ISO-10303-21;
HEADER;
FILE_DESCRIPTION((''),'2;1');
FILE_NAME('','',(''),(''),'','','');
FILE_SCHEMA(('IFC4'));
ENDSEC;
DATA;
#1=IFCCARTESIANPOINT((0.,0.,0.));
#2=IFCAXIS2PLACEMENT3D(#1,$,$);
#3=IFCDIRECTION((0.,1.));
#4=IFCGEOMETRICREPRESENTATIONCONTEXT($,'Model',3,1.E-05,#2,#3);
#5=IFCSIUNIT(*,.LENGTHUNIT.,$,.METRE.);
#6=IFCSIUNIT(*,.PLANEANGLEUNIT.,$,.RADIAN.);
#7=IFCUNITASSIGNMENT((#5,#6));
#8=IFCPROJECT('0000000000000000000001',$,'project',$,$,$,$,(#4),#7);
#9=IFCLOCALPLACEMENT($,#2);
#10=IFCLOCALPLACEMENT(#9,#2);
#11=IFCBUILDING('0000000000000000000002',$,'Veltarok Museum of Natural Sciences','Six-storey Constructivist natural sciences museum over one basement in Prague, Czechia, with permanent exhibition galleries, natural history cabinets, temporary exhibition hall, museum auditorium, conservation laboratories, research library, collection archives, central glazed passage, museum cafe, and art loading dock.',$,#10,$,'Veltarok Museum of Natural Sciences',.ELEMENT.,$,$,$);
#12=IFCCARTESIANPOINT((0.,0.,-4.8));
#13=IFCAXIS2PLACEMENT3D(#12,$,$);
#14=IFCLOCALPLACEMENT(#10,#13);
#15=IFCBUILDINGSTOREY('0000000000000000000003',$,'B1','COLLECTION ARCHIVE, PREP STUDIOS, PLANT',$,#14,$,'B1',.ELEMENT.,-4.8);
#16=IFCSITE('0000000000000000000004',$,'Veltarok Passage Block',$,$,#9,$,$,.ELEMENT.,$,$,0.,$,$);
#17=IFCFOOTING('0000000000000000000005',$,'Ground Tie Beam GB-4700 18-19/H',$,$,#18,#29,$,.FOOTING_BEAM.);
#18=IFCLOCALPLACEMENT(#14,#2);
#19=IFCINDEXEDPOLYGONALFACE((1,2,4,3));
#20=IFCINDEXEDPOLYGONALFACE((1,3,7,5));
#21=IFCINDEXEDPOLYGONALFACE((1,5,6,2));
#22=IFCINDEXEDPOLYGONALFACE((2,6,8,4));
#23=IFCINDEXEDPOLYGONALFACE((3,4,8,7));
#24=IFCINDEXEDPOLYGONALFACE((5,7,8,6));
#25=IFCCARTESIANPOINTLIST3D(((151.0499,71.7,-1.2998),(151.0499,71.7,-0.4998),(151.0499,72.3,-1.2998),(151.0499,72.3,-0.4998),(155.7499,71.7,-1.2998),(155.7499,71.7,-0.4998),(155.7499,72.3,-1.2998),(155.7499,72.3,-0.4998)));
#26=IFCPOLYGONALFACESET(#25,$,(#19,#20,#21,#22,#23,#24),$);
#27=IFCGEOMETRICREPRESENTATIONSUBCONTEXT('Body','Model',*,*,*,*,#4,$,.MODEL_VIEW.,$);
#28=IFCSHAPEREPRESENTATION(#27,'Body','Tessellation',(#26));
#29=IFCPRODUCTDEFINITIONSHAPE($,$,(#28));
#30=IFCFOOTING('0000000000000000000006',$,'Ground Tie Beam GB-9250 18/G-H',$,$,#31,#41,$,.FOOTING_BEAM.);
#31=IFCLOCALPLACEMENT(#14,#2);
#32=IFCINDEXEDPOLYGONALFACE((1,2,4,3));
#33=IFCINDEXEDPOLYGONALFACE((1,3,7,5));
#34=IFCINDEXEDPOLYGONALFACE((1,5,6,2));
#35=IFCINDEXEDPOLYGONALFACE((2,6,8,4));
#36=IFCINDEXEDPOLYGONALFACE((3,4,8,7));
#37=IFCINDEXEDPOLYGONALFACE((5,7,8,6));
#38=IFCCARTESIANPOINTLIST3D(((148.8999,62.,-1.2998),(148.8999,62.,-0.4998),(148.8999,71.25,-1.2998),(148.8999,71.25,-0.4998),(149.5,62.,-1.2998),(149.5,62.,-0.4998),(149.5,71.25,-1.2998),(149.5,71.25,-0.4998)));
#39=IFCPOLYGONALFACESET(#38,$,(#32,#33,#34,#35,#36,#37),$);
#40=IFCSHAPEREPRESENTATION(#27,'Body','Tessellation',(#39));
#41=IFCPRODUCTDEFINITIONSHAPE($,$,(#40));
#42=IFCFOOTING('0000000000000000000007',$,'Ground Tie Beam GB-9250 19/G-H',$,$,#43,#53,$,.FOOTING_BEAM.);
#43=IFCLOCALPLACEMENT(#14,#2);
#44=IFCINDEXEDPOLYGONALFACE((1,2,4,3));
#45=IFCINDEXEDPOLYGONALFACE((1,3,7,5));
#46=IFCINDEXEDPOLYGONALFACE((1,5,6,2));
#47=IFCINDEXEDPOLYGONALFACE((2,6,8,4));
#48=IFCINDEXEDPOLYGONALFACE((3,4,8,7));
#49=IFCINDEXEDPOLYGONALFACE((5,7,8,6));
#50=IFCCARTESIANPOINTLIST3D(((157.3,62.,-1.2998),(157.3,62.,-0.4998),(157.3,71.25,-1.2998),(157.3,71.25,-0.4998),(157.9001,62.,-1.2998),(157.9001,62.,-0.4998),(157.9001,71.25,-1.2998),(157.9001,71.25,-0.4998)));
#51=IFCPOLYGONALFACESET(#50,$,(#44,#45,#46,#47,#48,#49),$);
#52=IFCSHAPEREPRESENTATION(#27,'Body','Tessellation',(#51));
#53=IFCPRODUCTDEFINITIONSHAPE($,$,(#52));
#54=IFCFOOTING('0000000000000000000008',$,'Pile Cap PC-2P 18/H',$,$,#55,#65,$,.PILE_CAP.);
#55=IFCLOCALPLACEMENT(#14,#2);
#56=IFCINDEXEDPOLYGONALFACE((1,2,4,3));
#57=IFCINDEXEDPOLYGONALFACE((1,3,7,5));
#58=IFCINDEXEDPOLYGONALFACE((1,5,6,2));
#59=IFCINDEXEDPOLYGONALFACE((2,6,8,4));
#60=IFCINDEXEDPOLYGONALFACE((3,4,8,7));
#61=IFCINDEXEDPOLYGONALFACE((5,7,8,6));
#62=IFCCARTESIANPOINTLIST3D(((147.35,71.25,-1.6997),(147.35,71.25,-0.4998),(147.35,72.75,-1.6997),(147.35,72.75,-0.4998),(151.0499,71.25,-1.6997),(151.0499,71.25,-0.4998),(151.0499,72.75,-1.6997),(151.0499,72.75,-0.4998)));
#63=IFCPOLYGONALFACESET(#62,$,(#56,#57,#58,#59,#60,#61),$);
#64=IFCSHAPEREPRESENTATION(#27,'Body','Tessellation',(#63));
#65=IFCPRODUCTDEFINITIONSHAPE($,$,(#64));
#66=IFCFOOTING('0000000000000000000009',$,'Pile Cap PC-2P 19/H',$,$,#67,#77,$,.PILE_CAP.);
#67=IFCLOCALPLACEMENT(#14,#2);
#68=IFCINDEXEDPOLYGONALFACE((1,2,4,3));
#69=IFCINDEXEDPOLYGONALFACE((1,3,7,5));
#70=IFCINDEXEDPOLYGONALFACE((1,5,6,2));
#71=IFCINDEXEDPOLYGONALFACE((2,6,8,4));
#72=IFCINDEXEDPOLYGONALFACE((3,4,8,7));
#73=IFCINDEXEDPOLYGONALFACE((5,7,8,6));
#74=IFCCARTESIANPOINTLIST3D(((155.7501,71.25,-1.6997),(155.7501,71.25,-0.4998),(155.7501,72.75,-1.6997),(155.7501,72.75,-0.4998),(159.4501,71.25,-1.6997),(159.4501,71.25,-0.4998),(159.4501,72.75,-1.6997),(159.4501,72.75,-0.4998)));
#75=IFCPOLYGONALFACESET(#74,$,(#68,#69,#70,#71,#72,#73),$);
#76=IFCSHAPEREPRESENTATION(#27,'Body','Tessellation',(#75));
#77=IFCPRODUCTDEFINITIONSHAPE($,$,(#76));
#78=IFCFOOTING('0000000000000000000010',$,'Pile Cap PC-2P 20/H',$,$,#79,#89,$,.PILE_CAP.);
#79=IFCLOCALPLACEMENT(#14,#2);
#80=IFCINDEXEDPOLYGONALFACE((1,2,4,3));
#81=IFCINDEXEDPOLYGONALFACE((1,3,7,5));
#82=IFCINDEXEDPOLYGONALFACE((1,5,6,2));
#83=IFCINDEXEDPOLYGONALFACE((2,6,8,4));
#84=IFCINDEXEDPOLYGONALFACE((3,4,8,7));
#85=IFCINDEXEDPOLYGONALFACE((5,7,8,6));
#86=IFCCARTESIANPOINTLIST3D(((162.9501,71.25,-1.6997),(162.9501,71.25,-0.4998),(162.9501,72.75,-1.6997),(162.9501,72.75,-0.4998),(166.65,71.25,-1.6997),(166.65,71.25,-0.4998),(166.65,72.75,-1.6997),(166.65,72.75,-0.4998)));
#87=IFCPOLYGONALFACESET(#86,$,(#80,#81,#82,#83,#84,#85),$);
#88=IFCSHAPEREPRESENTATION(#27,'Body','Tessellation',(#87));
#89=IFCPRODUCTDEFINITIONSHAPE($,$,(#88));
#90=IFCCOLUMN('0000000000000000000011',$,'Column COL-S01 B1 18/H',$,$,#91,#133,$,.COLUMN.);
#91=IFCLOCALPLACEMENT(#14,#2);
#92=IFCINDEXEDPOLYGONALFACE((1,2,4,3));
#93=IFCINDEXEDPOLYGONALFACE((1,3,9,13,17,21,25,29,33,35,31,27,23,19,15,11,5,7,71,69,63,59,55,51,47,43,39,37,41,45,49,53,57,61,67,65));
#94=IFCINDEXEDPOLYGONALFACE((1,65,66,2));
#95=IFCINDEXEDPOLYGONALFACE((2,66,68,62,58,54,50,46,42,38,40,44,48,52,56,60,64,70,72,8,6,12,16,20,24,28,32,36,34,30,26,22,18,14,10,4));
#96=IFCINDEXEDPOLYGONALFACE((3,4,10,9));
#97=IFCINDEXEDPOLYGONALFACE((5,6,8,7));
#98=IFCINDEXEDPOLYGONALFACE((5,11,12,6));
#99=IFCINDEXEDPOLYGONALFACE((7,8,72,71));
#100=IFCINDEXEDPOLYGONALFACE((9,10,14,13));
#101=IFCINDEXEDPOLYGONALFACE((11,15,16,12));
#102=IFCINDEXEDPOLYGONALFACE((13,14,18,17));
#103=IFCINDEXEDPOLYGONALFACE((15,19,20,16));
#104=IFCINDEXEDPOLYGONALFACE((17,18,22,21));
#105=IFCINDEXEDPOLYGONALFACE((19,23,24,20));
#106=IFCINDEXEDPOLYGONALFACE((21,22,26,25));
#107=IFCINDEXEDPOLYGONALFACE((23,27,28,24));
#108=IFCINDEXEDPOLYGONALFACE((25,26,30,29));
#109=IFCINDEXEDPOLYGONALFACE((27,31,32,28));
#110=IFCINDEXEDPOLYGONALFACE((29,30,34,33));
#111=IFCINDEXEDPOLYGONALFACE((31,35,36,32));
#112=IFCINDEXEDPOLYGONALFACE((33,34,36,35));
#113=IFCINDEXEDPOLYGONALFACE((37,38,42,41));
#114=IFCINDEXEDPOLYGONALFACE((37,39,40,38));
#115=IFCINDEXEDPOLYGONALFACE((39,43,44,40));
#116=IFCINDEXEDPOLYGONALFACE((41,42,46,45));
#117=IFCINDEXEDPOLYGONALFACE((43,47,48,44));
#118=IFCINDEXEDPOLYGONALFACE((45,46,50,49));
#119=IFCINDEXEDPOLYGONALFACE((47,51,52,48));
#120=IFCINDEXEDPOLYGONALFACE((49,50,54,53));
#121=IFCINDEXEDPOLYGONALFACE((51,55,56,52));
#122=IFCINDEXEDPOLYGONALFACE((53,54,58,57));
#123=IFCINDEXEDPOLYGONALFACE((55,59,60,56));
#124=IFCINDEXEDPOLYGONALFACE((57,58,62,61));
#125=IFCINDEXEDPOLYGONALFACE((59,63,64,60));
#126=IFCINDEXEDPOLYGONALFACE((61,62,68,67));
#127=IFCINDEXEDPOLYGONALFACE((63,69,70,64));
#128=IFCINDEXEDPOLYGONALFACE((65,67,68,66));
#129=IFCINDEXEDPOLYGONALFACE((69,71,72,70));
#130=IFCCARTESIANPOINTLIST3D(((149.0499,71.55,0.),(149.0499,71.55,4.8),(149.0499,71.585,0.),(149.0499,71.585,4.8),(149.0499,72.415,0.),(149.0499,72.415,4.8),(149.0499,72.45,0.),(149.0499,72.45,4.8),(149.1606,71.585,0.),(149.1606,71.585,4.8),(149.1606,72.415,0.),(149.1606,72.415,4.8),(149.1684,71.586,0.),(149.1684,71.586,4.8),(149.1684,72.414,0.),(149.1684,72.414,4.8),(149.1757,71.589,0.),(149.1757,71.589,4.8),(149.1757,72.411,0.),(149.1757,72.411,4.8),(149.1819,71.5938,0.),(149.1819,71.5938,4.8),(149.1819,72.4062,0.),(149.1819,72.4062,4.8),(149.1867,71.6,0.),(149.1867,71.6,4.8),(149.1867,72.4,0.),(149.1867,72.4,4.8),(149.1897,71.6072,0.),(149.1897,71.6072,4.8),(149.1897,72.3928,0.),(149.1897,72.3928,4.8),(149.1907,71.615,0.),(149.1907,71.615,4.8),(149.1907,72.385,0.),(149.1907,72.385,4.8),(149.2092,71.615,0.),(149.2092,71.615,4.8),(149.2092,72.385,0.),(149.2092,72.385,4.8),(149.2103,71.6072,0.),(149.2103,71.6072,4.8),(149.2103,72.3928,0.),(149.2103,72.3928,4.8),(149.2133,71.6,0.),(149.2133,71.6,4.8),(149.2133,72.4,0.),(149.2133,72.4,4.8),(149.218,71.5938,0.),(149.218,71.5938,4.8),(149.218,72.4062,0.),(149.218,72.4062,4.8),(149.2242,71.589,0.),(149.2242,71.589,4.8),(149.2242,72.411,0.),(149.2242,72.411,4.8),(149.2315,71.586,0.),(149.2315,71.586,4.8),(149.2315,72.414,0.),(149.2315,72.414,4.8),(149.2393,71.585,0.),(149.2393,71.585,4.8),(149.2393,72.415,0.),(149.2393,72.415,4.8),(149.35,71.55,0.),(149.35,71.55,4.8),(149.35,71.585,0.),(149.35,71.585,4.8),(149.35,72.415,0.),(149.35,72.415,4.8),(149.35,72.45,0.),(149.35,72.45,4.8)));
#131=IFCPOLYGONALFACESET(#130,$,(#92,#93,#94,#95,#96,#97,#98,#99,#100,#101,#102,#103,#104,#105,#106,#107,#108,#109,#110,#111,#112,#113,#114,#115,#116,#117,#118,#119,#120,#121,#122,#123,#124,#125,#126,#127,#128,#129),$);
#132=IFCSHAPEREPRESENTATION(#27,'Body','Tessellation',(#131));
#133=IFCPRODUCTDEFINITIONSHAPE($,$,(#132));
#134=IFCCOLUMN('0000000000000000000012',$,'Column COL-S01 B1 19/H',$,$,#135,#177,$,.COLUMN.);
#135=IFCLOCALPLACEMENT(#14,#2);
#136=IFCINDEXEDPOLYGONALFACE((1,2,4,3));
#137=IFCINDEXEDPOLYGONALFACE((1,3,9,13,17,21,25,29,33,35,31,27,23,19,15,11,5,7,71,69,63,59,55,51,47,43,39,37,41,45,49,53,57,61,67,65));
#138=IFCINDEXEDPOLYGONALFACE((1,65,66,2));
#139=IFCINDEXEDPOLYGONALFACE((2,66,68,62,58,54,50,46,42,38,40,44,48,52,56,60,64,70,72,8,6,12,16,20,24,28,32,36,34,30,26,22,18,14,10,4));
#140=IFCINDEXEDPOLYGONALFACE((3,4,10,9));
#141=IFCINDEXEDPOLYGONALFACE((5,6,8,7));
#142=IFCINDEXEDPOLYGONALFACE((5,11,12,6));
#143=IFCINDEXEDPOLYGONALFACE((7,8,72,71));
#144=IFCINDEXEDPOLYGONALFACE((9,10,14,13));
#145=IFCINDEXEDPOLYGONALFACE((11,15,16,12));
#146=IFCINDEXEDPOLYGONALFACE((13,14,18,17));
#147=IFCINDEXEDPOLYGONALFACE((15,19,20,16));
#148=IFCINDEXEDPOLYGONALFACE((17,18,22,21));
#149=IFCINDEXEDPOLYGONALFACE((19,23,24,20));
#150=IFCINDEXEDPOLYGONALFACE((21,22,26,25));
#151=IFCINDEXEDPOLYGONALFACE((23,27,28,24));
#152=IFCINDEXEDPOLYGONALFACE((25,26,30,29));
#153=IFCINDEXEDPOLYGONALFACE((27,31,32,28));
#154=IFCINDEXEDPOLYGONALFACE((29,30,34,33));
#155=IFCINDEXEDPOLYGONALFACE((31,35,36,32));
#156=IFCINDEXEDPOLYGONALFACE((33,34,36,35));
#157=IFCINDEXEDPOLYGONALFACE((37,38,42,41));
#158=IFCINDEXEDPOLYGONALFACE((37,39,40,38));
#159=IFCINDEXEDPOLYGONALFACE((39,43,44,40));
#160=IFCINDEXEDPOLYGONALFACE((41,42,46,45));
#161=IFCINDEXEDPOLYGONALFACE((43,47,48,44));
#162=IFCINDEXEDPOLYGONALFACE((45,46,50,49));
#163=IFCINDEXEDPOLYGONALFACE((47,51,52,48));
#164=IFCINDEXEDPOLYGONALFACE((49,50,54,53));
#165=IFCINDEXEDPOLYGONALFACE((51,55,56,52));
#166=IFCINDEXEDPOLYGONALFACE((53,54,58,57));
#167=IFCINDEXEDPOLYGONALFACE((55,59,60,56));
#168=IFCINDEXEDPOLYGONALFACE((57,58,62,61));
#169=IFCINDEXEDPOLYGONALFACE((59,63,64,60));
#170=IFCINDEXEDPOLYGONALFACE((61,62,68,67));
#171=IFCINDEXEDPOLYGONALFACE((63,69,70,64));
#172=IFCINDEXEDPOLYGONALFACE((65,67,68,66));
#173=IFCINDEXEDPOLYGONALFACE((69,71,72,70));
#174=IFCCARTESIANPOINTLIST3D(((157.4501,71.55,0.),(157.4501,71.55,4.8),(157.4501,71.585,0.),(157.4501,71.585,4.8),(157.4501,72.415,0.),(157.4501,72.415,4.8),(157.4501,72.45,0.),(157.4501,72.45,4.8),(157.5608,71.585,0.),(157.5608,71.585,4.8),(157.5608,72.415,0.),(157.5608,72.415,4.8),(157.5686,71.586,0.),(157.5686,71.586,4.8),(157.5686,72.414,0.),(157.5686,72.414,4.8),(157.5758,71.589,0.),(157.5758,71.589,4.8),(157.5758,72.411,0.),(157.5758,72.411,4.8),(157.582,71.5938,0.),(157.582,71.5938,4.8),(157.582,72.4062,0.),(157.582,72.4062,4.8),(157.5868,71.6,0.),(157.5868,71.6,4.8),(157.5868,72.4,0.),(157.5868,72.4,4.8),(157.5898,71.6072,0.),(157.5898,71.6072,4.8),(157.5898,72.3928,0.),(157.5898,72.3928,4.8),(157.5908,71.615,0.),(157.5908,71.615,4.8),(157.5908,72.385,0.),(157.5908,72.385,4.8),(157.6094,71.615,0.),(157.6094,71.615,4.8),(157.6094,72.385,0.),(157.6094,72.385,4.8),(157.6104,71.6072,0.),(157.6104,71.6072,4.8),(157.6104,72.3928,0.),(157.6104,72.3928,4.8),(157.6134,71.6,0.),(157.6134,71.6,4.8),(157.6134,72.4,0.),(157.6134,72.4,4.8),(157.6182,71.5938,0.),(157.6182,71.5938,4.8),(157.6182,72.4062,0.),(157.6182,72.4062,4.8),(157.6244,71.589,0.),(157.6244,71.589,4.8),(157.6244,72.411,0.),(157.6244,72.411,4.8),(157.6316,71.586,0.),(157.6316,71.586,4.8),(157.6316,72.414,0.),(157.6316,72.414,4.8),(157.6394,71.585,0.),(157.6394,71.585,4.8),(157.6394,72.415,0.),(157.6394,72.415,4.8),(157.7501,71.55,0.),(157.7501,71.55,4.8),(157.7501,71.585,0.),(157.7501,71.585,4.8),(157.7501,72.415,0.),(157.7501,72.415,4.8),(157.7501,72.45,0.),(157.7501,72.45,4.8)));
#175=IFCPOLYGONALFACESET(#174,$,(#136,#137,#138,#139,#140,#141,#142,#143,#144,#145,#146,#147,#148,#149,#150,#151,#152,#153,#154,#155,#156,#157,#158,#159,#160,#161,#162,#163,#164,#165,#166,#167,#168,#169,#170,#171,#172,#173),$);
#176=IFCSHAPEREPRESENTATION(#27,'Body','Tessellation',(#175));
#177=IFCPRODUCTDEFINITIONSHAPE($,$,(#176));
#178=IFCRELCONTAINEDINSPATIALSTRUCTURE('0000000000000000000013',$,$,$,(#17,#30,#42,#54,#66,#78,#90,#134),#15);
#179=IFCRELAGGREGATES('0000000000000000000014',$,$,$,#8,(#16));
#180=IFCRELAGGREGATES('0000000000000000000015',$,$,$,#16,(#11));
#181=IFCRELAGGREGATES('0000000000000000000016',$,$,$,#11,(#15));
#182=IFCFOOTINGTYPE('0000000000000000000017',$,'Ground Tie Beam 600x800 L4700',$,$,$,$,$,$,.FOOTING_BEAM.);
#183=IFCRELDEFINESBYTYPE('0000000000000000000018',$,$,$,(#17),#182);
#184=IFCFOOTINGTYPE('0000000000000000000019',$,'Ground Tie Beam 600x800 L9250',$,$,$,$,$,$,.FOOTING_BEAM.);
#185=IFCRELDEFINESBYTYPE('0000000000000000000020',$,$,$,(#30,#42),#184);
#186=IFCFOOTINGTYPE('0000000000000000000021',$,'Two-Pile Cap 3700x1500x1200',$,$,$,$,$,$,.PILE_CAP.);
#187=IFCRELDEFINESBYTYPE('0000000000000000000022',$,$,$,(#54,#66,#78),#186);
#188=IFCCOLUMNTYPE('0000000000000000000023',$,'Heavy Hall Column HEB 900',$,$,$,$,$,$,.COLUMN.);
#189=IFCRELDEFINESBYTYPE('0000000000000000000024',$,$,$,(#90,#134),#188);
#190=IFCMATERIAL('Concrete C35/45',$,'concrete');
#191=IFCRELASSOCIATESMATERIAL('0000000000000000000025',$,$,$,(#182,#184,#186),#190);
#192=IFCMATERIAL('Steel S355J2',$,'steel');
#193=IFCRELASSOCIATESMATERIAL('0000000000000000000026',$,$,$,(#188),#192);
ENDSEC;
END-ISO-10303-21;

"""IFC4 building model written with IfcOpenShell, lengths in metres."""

from ifc_helpers import new_model, si_unit, direction, frame, origin, origin_2d, place, context, subcontext, project, spatial, rectangle, i_section, extrude, material, material_profile, profile_set, type_object, element, save


model = new_model("IFC4")

# Units and contexts
model_context = context("Model", 3, precision=1e-05, world=origin(), true_north=direction((0.0, 1.0)))
body_context = subcontext(model_context, "Body", "Model", "MODEL_VIEW")
ifc_project = project(units=[si_unit("LENGTHUNIT", "METRE"), si_unit("PLANEANGLEUNIT", "RADIAN")], contexts=[model_context])

# Site, building, storey
site_placement = place(None, origin())
site = spatial("IfcSite", under=ifc_project, at=site_placement, Name="Veltarok Passage Block", CompositionType="ELEMENT", RefElevation=0.0)
building_placement = place(site_placement, origin())
building = spatial("IfcBuilding", under=site, at=building_placement, Name="Veltarok Museum of Natural Sciences", Description="Six-storey Constructivist natural sciences museum over one basement in Prague, Czechia, with permanent exhibition galleries, natural history cabinets, temporary exhibition hall, museum auditorium, conservation laboratories, research library, collection archives, central glazed passage, museum cafe, and art loading dock.", LongName="Veltarok Museum of Natural Sciences", CompositionType="ELEMENT")
storey_placement = place(building_placement, frame((0.0, 0.0, -4.8)))
storey = spatial("IfcBuildingStorey", under=building, at=storey_placement, Name="B1", Description="COLLECTION ARCHIVE, PREP STUDIOS, PLANT", LongName="B1", CompositionType="ELEMENT", Elevation=-4.8)

# Shared definitions
ifc_material_1 = material(Name="Concrete C35/45", Category="concrete")

# Footings
footing_type_1 = type_object("IfcFootingType", Name="Ground Tie Beam 600x800 L4700", PredefinedType="FOOTING_BEAM", material=ifc_material_1)
footing_1_placement = place(storey_placement, frame((153.3999, 72.0, -1.2998), z_axis=(0.0, 0.0, 1.0), x_axis=(1.0, 0.0, 0.0)))
element("IfcFooting", 1, at=footing_1_placement, inside=storey, type_object=footing_type_1, Name="Ground Tie Beam GB-4700 18-19/H", PredefinedType="FOOTING_BEAM", context=body_context, shape_type="SweptSolid", body=[
    extrude(rectangle(XDim=4.7, YDim=0.6001, at=origin_2d()), origin(), (0.0, 0.0, 1.0), 0.8),
])
footing_type_2 = type_object("IfcFootingType", Name="Ground Tie Beam 600x800 L9250", PredefinedType="FOOTING_BEAM", material=ifc_material_1)
for number, where, z_axis, x_axis, name in (
    (2, (149.2, 66.625, -1.2998), (0.0, 0.0, 1.0), (0.0, 1.0, 0.0), "Ground Tie Beam GB-9250 18/G-H"),
    (3, (157.6001, 66.625, -1.2998), (0.0, 0.0, 1.0), (0.0, 1.0, 0.0), "Ground Tie Beam GB-9250 19/G-H"),
):
    element("IfcFooting", number, at=place(storey_placement, frame(where, z_axis=z_axis, x_axis=x_axis)), inside=storey, type_object=footing_type_2, Name=name, PredefinedType="FOOTING_BEAM", context=body_context, shape_type="SweptSolid", body=[
        extrude(rectangle(XDim=9.25, YDim=0.6001, at=origin_2d()), origin(), (0.0, 0.0, 1.0), 0.8),
    ])
footing_type_3 = type_object("IfcFootingType", Name="Two-Pile Cap 3700x1500x1200", PredefinedType="PILE_CAP", material=ifc_material_1)
for number, where, z_axis, x_axis, name in (
    (4, (149.2, 72.0, -1.6997), (0.0, 0.0, 1.0), (1.0, 0.0, 0.0), "Pile Cap PC-2P 18/H"),
    (5, (157.6001, 72.0, -1.6997), (0.0, 0.0, 1.0), (1.0, 0.0, 0.0), "Pile Cap PC-2P 19/H"),
    (6, (164.8, 72.0, -1.6997), (0.0, 0.0, 1.0), (1.0, 0.0, 0.0), "Pile Cap PC-2P 20/H"),
):
    element("IfcFooting", number, at=place(storey_placement, frame(where, z_axis=z_axis, x_axis=x_axis)), inside=storey, type_object=footing_type_3, Name=name, PredefinedType="PILE_CAP", context=body_context, shape_type="SweptSolid", body=[
        extrude(rectangle(XDim=3.7, YDim=1.5, at=origin_2d()), origin(), (0.0, 0.0, 1.0), 1.2),
    ])

# Columns
ifc_material_2 = material(Name="Steel S355J2", Category="steel")
ifc_material_profile_1 = material_profile(ifc_material_2, i_section(OverallWidth=0.3, OverallDepth=0.8999, WebThickness=0.0186, FlangeThickness=0.0349, FilletRadius=0.03, at=origin_2d()), Name="HEB 900")
ifc_profile_set_1 = profile_set([ifc_material_profile_1], Name="Steel S355J2")
column_type = type_object("IfcColumnType", Name="Heavy Hall Column HEB 900", PredefinedType="COLUMN", material=ifc_profile_set_1)
for number, where, z_axis, x_axis, name in (
    (7, (149.2, 72.0, 0.0), (0.0, 0.0, 1.0), (1.0, 0.0, 0.0), "Column COL-S01 B1 18/H"),
    (8, (157.6001, 72.0, 0.0), (0.0, 0.0, 1.0), (1.0, 0.0, 0.0), "Column COL-S01 B1 19/H"),
):
    element("IfcColumn", number, at=place(storey_placement, frame(where, z_axis=z_axis, x_axis=x_axis)), inside=storey, type_object=column_type, Name=name, PredefinedType="COLUMN", context=body_context, shape_type="SweptSolid", body=[
        extrude(i_section(OverallWidth=0.3, OverallDepth=0.8999, WebThickness=0.0186, FlangeThickness=0.0349, FilletRadius=0.03, at=origin_2d()), origin(), (0.0, 0.0, 1.0), 4.8),
    ])

save(model, "model.ifc")
